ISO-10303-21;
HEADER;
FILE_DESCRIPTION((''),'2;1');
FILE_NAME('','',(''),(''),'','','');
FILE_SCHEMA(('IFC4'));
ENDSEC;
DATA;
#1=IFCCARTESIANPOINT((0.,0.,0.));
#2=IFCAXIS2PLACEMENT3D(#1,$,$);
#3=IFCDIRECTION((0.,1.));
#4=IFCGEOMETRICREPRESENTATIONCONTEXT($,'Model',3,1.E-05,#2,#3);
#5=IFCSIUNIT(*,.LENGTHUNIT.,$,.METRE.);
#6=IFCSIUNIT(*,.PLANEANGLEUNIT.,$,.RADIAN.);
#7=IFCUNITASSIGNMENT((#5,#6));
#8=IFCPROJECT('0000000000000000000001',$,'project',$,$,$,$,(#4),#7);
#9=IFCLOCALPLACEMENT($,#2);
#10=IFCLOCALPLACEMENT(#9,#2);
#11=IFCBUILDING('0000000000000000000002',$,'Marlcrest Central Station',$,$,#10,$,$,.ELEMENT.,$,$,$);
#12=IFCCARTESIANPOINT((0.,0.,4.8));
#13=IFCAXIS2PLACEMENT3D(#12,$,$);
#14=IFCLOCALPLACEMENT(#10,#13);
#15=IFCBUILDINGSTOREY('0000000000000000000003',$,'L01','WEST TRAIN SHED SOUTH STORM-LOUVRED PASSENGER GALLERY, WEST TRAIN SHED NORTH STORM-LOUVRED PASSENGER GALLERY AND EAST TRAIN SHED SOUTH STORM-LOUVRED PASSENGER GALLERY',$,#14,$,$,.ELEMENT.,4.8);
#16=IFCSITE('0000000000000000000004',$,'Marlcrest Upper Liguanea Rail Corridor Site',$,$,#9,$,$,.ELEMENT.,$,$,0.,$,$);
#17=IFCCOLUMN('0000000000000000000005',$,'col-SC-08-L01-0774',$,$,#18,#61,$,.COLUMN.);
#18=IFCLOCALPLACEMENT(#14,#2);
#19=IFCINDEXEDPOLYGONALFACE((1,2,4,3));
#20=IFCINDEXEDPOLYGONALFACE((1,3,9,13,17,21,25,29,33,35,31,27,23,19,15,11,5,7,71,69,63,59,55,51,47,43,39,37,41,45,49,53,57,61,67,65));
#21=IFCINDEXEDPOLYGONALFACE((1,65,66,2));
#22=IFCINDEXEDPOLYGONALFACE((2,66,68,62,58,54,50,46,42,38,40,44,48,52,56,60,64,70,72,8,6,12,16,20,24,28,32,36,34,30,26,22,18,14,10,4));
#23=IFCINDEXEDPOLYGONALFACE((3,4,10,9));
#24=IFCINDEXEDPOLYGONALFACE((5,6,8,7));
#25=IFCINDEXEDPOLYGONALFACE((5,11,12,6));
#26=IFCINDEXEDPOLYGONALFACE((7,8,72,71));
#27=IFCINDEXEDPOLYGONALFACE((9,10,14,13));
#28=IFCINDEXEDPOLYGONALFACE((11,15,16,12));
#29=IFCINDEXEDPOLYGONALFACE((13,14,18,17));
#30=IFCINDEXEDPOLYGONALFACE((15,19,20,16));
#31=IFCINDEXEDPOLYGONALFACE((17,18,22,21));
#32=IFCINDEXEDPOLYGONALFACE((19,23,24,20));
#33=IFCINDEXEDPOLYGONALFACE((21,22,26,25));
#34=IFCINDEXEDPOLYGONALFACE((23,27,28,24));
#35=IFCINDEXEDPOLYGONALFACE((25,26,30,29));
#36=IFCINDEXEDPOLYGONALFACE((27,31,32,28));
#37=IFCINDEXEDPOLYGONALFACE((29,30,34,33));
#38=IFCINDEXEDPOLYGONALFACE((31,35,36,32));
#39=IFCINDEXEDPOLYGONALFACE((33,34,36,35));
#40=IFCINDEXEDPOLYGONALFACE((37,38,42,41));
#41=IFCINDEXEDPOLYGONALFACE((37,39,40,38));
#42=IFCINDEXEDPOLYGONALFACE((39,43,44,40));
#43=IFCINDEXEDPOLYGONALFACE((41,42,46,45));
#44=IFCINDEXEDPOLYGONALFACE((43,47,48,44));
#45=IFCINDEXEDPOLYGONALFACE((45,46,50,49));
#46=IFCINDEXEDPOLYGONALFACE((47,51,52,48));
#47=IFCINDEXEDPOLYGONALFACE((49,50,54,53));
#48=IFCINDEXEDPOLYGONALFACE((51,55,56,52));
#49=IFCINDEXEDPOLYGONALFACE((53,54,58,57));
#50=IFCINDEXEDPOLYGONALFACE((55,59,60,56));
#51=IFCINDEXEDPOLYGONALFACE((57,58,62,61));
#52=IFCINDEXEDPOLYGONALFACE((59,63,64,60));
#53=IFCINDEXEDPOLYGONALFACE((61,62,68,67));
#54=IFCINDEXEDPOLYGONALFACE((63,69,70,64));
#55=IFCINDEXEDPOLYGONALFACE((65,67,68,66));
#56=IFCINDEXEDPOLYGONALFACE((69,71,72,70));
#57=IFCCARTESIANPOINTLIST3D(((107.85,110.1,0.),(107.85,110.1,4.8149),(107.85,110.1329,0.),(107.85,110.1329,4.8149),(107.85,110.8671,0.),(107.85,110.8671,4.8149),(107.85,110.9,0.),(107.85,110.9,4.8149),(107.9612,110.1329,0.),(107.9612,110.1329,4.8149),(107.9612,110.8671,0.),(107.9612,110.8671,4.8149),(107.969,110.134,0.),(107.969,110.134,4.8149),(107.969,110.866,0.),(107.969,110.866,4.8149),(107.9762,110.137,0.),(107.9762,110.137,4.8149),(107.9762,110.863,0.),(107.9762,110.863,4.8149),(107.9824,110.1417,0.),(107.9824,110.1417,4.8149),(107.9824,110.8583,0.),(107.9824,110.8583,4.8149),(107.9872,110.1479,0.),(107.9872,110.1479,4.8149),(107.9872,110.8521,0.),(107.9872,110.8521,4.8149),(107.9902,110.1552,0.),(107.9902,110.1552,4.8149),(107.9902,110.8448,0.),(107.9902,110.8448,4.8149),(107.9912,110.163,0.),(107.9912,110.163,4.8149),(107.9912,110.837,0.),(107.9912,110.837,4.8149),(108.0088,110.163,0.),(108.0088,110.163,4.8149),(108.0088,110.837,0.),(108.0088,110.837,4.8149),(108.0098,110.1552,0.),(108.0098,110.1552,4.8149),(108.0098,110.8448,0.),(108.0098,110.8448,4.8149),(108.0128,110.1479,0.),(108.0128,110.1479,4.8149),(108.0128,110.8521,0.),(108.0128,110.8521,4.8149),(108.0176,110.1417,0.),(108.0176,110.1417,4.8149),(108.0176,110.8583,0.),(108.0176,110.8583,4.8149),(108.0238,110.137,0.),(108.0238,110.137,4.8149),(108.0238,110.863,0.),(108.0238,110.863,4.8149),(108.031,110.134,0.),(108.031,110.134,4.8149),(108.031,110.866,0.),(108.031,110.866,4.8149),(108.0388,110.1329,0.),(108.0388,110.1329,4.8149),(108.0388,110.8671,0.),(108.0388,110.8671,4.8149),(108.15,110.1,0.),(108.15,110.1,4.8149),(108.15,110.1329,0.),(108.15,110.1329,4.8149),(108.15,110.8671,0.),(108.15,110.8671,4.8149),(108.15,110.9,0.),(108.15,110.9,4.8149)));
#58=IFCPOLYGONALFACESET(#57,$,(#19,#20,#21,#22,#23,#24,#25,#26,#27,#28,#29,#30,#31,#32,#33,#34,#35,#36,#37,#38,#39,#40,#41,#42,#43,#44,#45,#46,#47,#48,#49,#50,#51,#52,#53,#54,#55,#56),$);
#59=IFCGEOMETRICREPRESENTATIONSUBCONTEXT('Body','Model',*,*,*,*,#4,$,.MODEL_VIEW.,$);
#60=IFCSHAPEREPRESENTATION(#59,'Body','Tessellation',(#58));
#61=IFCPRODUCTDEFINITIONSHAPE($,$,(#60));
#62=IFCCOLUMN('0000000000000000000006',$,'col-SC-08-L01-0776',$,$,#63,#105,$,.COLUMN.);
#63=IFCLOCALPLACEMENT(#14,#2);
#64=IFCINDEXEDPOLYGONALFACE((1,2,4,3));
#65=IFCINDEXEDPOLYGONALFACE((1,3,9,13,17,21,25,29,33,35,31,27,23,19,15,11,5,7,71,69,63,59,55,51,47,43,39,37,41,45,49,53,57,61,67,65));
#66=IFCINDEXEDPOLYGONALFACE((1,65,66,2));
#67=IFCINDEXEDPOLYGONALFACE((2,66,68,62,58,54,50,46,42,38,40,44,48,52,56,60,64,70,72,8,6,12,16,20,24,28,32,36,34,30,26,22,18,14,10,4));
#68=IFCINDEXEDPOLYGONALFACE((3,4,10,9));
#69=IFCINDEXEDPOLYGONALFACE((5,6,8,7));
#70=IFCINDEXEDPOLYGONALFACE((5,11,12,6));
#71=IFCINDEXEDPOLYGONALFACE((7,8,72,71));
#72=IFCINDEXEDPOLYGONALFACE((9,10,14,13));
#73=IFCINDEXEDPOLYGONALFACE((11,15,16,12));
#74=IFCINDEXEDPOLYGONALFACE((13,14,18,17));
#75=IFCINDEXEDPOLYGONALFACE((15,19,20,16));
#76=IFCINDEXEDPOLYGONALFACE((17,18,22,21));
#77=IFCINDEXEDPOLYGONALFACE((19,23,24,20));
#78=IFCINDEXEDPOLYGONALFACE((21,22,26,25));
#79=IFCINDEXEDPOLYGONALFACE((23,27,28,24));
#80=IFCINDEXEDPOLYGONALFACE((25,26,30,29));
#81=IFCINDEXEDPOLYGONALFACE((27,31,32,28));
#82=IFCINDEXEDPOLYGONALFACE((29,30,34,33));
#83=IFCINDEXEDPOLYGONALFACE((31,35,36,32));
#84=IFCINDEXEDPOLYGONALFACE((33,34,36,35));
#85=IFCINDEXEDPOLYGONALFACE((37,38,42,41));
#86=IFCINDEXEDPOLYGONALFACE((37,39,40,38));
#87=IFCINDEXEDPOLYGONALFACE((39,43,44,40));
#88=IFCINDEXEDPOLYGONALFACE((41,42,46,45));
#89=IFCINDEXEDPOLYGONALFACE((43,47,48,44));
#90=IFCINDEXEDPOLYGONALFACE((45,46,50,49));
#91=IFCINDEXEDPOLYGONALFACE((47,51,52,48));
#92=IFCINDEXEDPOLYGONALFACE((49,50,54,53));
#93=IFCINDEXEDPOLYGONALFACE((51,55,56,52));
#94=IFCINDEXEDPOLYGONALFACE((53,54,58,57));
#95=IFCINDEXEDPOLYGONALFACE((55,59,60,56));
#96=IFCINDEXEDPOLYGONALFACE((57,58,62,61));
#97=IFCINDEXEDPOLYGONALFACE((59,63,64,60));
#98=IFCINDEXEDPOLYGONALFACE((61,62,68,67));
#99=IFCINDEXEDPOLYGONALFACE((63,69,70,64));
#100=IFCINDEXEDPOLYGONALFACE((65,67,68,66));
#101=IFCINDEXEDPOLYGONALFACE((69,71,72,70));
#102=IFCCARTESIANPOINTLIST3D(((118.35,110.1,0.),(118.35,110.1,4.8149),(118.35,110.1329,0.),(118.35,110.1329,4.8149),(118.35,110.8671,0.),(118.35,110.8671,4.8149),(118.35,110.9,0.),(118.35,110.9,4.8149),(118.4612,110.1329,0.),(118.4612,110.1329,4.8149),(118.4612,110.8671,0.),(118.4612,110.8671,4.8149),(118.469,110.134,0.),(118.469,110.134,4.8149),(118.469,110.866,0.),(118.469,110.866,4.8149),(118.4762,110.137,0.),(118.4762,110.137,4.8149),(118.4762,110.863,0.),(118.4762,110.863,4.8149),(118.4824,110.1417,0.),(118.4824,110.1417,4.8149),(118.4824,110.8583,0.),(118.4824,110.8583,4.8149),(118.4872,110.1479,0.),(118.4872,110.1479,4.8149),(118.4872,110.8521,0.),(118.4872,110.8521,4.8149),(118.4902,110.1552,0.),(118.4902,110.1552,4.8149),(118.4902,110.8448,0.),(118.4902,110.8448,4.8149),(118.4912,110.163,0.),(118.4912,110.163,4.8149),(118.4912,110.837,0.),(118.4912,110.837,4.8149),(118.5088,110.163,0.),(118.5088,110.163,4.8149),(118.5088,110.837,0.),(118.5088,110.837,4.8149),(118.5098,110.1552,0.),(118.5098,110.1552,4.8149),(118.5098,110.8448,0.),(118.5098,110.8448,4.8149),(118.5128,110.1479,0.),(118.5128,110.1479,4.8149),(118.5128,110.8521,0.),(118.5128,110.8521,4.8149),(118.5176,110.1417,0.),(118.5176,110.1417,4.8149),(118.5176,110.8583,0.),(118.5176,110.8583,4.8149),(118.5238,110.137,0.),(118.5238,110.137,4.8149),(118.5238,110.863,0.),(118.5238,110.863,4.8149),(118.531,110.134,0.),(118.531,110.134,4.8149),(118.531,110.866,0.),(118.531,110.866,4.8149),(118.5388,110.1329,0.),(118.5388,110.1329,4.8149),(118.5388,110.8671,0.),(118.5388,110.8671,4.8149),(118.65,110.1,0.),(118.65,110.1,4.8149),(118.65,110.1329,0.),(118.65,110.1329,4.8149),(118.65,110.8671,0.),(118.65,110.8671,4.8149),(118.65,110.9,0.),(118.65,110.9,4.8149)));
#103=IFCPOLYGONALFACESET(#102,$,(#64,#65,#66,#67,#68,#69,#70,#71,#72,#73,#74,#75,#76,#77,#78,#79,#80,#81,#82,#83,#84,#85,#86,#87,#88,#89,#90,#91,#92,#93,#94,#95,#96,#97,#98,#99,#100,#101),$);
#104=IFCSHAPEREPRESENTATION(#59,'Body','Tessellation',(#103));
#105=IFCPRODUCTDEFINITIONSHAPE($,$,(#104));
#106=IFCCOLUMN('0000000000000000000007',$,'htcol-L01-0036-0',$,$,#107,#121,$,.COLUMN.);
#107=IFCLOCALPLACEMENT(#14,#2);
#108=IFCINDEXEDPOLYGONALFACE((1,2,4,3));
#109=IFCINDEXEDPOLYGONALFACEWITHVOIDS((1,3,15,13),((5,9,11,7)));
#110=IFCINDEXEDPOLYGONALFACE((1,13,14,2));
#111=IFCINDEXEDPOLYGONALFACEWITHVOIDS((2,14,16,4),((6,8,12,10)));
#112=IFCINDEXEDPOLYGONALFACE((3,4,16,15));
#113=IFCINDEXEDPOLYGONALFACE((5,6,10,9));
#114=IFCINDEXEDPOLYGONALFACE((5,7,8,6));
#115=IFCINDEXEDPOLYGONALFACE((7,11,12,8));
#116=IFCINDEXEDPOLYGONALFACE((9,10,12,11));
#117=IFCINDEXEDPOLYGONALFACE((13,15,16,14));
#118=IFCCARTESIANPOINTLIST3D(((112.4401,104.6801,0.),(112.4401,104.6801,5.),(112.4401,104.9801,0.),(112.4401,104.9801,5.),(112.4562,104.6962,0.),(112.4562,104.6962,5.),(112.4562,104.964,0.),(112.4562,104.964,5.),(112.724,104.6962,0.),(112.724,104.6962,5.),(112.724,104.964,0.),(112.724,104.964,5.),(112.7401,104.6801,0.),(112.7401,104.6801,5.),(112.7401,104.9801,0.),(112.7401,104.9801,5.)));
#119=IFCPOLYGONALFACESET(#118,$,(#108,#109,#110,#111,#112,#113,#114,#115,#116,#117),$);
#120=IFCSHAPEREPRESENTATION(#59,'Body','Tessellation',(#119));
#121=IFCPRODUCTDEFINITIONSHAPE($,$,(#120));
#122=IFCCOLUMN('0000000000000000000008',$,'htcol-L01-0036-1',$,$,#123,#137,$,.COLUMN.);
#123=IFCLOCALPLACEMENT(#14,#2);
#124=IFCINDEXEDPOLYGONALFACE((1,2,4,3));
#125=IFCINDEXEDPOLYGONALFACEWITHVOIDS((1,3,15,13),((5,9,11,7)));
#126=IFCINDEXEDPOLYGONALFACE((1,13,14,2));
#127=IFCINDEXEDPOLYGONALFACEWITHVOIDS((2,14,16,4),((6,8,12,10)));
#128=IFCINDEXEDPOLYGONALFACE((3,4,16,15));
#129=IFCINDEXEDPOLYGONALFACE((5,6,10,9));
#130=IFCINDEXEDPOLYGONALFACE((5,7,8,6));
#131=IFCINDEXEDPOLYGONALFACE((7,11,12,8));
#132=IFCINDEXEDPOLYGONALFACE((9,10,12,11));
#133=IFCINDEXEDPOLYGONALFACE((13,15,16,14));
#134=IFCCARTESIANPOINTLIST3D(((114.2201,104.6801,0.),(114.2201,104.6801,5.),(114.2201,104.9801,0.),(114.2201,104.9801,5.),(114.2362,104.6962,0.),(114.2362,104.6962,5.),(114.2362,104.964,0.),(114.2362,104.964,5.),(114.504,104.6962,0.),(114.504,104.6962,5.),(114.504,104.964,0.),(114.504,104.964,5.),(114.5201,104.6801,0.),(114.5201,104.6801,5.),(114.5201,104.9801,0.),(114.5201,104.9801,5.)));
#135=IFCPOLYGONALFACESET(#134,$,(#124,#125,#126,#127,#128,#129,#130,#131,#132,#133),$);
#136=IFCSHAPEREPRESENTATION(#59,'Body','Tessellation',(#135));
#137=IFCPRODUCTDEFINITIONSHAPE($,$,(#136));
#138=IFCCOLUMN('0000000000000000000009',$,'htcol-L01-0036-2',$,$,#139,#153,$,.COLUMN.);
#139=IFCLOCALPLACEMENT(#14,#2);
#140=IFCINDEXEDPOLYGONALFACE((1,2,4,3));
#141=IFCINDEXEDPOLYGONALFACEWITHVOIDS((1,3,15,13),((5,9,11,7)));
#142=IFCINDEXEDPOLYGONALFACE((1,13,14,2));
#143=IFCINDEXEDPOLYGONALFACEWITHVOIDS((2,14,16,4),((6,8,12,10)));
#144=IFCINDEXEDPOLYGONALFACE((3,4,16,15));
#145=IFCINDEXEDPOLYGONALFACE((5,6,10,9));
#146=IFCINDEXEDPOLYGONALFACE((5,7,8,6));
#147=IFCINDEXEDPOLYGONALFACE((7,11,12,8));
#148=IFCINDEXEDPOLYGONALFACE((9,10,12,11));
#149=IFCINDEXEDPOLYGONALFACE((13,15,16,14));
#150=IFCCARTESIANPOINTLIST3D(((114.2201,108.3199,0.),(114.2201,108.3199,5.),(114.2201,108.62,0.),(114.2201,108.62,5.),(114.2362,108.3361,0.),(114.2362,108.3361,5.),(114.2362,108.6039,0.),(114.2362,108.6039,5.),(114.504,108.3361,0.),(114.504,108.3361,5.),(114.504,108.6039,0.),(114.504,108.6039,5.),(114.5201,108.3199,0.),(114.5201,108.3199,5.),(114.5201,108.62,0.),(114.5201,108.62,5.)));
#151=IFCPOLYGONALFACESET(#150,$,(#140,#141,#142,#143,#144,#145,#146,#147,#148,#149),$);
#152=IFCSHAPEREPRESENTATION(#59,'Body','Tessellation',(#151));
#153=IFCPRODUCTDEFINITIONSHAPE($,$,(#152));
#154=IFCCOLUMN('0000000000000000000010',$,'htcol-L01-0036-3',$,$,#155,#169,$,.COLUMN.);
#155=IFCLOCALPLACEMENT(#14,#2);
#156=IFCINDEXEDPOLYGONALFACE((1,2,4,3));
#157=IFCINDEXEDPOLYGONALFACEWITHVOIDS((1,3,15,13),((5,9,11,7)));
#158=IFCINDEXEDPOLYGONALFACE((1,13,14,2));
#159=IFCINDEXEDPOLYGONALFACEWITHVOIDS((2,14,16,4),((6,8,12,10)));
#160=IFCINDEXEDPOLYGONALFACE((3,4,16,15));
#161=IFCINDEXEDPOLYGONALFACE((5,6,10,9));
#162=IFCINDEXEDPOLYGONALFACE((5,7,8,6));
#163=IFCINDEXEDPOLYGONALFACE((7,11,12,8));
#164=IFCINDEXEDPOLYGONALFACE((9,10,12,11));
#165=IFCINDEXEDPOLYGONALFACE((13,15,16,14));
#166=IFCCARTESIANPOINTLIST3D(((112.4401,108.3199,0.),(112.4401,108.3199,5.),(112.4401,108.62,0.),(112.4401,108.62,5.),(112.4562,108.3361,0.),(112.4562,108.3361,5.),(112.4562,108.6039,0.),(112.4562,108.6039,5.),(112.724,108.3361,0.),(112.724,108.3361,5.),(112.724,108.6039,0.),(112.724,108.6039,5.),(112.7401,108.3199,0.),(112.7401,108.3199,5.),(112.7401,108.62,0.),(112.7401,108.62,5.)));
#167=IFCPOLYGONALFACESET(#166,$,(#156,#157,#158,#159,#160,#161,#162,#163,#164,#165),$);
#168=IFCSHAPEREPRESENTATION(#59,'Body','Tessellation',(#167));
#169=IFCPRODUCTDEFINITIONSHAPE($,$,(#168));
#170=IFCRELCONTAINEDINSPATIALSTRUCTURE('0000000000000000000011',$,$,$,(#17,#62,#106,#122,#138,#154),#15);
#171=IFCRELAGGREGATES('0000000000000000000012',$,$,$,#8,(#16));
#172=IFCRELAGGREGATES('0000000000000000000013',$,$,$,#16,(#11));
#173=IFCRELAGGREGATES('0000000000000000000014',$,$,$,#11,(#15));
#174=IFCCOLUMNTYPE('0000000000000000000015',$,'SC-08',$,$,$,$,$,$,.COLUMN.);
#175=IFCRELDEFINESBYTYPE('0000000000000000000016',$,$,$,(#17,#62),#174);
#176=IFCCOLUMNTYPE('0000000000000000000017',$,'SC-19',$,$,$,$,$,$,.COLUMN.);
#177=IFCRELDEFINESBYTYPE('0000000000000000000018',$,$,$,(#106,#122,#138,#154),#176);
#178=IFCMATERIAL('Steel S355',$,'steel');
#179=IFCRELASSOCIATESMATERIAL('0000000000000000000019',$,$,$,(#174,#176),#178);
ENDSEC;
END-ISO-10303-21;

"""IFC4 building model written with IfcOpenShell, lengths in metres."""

from ifc_helpers import new_model, si_unit, direction, frame, origin, origin_2d, place, context, subcontext, project, spatial, hollow_rectangle, i_section, extrude, material, material_profile, profile_set, type_object, element, save


model = new_model("IFC4")

# Units and contexts
model_context = context("Model", 3, precision=1e-05, world=origin(), true_north=direction((0.0, 1.0)))
body_context = subcontext(model_context, "Body", "Model", "MODEL_VIEW")
ifc_project = project(units=[si_unit("LENGTHUNIT", "METRE"), si_unit("PLANEANGLEUNIT", "RADIAN")], contexts=[model_context])

# Site, building, storey
site_placement = place(None, origin())
site = spatial("IfcSite", under=ifc_project, at=site_placement, Name="Marlcrest Upper Liguanea Rail Corridor Site", CompositionType="ELEMENT", RefElevation=0.0)
building_placement = place(site_placement, origin())
building = spatial("IfcBuilding", under=site, at=building_placement, Name="Marlcrest Central Station", CompositionType="ELEMENT")
storey_placement = place(building_placement, frame((0.0, 0.0, 4.8)))
storey = spatial("IfcBuildingStorey", under=building, at=storey_placement, Name="L01", Description="WEST TRAIN SHED SOUTH STORM-LOUVRED PASSENGER GALLERY, WEST TRAIN SHED NORTH STORM-LOUVRED PASSENGER GALLERY AND EAST TRAIN SHED SOUTH STORM-LOUVRED PASSENGER GALLERY", CompositionType="ELEMENT", Elevation=4.8)

# Columns
ifc_material_1 = material(Name="Steel S355", Category="steel")
ifc_material_profile_1 = material_profile(ifc_material_1, i_section(OverallWidth=0.3, OverallDepth=0.8, WebThickness=0.0176, FlangeThickness=0.033, FilletRadius=0.03, at=origin_2d()), Name="HEB 800")
ifc_profile_set_1 = profile_set([ifc_material_profile_1], Name="Steel S355")
column_type_1 = type_object("IfcColumnType", Name="SC-08", PredefinedType="COLUMN", material=ifc_profile_set_1)
for number, where, z_axis, x_axis, name in (
    (1, (108.0, 110.5, 0.0), (0.0, 0.0, 1.0), (1.0, 0.0, 0.0), "col-SC-08-L01-0774"),
    (2, (118.5, 110.5, 0.0), (0.0, 0.0, 1.0), (1.0, 0.0, 0.0), "col-SC-08-L01-0776"),
):
    element("IfcColumn", number, at=place(storey_placement, frame(where, z_axis=z_axis, x_axis=x_axis)), inside=storey, type_object=column_type_1, Name=name, PredefinedType="COLUMN", context=body_context, shape_type="SweptSolid", body=[
        extrude(i_section(OverallWidth=0.3, OverallDepth=0.8, WebThickness=0.0176, FlangeThickness=0.033, FilletRadius=0.03, at=origin_2d()), origin(), (0.0, 0.0, 1.0), 4.8149),
    ])
ifc_material_profile_2 = material_profile(ifc_material_1, hollow_rectangle(XDim=0.3, YDim=0.3, WallThickness=0.0161, at=origin_2d()), Name="SHS 300x300x16")
ifc_profile_set_2 = profile_set([ifc_material_profile_2], Name="Steel S355")
column_type_2 = type_object("IfcColumnType", Name="SC-19", PredefinedType="COLUMN", material=ifc_profile_set_2)
for number, where, z_axis, x_axis, name in (
    (3, (112.5901, 104.8301, 0.0), (0.0, 0.0, 1.0), (1.0, 0.0, 0.0), "htcol-L01-0036-0"),
    (4, (114.3701, 104.8301, 0.0), (0.0, 0.0, 1.0), (1.0, 0.0, 0.0), "htcol-L01-0036-1"),
    (5, (114.3701, 108.47, 0.0), (0.0, 0.0, 1.0), (1.0, 0.0, 0.0), "htcol-L01-0036-2"),
    (6, (112.5901, 108.47, 0.0), (0.0, 0.0, 1.0), (1.0, 0.0, 0.0), "htcol-L01-0036-3"),
):
    element("IfcColumn", number, at=place(storey_placement, frame(where, z_axis=z_axis, x_axis=x_axis)), inside=storey, type_object=column_type_2, Name=name, PredefinedType="COLUMN", context=body_context, shape_type="SweptSolid", body=[
        extrude(hollow_rectangle(XDim=0.3, YDim=0.3, WallThickness=0.0161, at=origin_2d()), origin(), (0.0, 0.0, 1.0), 5.0),
    ])

save(model, "model.ifc")
